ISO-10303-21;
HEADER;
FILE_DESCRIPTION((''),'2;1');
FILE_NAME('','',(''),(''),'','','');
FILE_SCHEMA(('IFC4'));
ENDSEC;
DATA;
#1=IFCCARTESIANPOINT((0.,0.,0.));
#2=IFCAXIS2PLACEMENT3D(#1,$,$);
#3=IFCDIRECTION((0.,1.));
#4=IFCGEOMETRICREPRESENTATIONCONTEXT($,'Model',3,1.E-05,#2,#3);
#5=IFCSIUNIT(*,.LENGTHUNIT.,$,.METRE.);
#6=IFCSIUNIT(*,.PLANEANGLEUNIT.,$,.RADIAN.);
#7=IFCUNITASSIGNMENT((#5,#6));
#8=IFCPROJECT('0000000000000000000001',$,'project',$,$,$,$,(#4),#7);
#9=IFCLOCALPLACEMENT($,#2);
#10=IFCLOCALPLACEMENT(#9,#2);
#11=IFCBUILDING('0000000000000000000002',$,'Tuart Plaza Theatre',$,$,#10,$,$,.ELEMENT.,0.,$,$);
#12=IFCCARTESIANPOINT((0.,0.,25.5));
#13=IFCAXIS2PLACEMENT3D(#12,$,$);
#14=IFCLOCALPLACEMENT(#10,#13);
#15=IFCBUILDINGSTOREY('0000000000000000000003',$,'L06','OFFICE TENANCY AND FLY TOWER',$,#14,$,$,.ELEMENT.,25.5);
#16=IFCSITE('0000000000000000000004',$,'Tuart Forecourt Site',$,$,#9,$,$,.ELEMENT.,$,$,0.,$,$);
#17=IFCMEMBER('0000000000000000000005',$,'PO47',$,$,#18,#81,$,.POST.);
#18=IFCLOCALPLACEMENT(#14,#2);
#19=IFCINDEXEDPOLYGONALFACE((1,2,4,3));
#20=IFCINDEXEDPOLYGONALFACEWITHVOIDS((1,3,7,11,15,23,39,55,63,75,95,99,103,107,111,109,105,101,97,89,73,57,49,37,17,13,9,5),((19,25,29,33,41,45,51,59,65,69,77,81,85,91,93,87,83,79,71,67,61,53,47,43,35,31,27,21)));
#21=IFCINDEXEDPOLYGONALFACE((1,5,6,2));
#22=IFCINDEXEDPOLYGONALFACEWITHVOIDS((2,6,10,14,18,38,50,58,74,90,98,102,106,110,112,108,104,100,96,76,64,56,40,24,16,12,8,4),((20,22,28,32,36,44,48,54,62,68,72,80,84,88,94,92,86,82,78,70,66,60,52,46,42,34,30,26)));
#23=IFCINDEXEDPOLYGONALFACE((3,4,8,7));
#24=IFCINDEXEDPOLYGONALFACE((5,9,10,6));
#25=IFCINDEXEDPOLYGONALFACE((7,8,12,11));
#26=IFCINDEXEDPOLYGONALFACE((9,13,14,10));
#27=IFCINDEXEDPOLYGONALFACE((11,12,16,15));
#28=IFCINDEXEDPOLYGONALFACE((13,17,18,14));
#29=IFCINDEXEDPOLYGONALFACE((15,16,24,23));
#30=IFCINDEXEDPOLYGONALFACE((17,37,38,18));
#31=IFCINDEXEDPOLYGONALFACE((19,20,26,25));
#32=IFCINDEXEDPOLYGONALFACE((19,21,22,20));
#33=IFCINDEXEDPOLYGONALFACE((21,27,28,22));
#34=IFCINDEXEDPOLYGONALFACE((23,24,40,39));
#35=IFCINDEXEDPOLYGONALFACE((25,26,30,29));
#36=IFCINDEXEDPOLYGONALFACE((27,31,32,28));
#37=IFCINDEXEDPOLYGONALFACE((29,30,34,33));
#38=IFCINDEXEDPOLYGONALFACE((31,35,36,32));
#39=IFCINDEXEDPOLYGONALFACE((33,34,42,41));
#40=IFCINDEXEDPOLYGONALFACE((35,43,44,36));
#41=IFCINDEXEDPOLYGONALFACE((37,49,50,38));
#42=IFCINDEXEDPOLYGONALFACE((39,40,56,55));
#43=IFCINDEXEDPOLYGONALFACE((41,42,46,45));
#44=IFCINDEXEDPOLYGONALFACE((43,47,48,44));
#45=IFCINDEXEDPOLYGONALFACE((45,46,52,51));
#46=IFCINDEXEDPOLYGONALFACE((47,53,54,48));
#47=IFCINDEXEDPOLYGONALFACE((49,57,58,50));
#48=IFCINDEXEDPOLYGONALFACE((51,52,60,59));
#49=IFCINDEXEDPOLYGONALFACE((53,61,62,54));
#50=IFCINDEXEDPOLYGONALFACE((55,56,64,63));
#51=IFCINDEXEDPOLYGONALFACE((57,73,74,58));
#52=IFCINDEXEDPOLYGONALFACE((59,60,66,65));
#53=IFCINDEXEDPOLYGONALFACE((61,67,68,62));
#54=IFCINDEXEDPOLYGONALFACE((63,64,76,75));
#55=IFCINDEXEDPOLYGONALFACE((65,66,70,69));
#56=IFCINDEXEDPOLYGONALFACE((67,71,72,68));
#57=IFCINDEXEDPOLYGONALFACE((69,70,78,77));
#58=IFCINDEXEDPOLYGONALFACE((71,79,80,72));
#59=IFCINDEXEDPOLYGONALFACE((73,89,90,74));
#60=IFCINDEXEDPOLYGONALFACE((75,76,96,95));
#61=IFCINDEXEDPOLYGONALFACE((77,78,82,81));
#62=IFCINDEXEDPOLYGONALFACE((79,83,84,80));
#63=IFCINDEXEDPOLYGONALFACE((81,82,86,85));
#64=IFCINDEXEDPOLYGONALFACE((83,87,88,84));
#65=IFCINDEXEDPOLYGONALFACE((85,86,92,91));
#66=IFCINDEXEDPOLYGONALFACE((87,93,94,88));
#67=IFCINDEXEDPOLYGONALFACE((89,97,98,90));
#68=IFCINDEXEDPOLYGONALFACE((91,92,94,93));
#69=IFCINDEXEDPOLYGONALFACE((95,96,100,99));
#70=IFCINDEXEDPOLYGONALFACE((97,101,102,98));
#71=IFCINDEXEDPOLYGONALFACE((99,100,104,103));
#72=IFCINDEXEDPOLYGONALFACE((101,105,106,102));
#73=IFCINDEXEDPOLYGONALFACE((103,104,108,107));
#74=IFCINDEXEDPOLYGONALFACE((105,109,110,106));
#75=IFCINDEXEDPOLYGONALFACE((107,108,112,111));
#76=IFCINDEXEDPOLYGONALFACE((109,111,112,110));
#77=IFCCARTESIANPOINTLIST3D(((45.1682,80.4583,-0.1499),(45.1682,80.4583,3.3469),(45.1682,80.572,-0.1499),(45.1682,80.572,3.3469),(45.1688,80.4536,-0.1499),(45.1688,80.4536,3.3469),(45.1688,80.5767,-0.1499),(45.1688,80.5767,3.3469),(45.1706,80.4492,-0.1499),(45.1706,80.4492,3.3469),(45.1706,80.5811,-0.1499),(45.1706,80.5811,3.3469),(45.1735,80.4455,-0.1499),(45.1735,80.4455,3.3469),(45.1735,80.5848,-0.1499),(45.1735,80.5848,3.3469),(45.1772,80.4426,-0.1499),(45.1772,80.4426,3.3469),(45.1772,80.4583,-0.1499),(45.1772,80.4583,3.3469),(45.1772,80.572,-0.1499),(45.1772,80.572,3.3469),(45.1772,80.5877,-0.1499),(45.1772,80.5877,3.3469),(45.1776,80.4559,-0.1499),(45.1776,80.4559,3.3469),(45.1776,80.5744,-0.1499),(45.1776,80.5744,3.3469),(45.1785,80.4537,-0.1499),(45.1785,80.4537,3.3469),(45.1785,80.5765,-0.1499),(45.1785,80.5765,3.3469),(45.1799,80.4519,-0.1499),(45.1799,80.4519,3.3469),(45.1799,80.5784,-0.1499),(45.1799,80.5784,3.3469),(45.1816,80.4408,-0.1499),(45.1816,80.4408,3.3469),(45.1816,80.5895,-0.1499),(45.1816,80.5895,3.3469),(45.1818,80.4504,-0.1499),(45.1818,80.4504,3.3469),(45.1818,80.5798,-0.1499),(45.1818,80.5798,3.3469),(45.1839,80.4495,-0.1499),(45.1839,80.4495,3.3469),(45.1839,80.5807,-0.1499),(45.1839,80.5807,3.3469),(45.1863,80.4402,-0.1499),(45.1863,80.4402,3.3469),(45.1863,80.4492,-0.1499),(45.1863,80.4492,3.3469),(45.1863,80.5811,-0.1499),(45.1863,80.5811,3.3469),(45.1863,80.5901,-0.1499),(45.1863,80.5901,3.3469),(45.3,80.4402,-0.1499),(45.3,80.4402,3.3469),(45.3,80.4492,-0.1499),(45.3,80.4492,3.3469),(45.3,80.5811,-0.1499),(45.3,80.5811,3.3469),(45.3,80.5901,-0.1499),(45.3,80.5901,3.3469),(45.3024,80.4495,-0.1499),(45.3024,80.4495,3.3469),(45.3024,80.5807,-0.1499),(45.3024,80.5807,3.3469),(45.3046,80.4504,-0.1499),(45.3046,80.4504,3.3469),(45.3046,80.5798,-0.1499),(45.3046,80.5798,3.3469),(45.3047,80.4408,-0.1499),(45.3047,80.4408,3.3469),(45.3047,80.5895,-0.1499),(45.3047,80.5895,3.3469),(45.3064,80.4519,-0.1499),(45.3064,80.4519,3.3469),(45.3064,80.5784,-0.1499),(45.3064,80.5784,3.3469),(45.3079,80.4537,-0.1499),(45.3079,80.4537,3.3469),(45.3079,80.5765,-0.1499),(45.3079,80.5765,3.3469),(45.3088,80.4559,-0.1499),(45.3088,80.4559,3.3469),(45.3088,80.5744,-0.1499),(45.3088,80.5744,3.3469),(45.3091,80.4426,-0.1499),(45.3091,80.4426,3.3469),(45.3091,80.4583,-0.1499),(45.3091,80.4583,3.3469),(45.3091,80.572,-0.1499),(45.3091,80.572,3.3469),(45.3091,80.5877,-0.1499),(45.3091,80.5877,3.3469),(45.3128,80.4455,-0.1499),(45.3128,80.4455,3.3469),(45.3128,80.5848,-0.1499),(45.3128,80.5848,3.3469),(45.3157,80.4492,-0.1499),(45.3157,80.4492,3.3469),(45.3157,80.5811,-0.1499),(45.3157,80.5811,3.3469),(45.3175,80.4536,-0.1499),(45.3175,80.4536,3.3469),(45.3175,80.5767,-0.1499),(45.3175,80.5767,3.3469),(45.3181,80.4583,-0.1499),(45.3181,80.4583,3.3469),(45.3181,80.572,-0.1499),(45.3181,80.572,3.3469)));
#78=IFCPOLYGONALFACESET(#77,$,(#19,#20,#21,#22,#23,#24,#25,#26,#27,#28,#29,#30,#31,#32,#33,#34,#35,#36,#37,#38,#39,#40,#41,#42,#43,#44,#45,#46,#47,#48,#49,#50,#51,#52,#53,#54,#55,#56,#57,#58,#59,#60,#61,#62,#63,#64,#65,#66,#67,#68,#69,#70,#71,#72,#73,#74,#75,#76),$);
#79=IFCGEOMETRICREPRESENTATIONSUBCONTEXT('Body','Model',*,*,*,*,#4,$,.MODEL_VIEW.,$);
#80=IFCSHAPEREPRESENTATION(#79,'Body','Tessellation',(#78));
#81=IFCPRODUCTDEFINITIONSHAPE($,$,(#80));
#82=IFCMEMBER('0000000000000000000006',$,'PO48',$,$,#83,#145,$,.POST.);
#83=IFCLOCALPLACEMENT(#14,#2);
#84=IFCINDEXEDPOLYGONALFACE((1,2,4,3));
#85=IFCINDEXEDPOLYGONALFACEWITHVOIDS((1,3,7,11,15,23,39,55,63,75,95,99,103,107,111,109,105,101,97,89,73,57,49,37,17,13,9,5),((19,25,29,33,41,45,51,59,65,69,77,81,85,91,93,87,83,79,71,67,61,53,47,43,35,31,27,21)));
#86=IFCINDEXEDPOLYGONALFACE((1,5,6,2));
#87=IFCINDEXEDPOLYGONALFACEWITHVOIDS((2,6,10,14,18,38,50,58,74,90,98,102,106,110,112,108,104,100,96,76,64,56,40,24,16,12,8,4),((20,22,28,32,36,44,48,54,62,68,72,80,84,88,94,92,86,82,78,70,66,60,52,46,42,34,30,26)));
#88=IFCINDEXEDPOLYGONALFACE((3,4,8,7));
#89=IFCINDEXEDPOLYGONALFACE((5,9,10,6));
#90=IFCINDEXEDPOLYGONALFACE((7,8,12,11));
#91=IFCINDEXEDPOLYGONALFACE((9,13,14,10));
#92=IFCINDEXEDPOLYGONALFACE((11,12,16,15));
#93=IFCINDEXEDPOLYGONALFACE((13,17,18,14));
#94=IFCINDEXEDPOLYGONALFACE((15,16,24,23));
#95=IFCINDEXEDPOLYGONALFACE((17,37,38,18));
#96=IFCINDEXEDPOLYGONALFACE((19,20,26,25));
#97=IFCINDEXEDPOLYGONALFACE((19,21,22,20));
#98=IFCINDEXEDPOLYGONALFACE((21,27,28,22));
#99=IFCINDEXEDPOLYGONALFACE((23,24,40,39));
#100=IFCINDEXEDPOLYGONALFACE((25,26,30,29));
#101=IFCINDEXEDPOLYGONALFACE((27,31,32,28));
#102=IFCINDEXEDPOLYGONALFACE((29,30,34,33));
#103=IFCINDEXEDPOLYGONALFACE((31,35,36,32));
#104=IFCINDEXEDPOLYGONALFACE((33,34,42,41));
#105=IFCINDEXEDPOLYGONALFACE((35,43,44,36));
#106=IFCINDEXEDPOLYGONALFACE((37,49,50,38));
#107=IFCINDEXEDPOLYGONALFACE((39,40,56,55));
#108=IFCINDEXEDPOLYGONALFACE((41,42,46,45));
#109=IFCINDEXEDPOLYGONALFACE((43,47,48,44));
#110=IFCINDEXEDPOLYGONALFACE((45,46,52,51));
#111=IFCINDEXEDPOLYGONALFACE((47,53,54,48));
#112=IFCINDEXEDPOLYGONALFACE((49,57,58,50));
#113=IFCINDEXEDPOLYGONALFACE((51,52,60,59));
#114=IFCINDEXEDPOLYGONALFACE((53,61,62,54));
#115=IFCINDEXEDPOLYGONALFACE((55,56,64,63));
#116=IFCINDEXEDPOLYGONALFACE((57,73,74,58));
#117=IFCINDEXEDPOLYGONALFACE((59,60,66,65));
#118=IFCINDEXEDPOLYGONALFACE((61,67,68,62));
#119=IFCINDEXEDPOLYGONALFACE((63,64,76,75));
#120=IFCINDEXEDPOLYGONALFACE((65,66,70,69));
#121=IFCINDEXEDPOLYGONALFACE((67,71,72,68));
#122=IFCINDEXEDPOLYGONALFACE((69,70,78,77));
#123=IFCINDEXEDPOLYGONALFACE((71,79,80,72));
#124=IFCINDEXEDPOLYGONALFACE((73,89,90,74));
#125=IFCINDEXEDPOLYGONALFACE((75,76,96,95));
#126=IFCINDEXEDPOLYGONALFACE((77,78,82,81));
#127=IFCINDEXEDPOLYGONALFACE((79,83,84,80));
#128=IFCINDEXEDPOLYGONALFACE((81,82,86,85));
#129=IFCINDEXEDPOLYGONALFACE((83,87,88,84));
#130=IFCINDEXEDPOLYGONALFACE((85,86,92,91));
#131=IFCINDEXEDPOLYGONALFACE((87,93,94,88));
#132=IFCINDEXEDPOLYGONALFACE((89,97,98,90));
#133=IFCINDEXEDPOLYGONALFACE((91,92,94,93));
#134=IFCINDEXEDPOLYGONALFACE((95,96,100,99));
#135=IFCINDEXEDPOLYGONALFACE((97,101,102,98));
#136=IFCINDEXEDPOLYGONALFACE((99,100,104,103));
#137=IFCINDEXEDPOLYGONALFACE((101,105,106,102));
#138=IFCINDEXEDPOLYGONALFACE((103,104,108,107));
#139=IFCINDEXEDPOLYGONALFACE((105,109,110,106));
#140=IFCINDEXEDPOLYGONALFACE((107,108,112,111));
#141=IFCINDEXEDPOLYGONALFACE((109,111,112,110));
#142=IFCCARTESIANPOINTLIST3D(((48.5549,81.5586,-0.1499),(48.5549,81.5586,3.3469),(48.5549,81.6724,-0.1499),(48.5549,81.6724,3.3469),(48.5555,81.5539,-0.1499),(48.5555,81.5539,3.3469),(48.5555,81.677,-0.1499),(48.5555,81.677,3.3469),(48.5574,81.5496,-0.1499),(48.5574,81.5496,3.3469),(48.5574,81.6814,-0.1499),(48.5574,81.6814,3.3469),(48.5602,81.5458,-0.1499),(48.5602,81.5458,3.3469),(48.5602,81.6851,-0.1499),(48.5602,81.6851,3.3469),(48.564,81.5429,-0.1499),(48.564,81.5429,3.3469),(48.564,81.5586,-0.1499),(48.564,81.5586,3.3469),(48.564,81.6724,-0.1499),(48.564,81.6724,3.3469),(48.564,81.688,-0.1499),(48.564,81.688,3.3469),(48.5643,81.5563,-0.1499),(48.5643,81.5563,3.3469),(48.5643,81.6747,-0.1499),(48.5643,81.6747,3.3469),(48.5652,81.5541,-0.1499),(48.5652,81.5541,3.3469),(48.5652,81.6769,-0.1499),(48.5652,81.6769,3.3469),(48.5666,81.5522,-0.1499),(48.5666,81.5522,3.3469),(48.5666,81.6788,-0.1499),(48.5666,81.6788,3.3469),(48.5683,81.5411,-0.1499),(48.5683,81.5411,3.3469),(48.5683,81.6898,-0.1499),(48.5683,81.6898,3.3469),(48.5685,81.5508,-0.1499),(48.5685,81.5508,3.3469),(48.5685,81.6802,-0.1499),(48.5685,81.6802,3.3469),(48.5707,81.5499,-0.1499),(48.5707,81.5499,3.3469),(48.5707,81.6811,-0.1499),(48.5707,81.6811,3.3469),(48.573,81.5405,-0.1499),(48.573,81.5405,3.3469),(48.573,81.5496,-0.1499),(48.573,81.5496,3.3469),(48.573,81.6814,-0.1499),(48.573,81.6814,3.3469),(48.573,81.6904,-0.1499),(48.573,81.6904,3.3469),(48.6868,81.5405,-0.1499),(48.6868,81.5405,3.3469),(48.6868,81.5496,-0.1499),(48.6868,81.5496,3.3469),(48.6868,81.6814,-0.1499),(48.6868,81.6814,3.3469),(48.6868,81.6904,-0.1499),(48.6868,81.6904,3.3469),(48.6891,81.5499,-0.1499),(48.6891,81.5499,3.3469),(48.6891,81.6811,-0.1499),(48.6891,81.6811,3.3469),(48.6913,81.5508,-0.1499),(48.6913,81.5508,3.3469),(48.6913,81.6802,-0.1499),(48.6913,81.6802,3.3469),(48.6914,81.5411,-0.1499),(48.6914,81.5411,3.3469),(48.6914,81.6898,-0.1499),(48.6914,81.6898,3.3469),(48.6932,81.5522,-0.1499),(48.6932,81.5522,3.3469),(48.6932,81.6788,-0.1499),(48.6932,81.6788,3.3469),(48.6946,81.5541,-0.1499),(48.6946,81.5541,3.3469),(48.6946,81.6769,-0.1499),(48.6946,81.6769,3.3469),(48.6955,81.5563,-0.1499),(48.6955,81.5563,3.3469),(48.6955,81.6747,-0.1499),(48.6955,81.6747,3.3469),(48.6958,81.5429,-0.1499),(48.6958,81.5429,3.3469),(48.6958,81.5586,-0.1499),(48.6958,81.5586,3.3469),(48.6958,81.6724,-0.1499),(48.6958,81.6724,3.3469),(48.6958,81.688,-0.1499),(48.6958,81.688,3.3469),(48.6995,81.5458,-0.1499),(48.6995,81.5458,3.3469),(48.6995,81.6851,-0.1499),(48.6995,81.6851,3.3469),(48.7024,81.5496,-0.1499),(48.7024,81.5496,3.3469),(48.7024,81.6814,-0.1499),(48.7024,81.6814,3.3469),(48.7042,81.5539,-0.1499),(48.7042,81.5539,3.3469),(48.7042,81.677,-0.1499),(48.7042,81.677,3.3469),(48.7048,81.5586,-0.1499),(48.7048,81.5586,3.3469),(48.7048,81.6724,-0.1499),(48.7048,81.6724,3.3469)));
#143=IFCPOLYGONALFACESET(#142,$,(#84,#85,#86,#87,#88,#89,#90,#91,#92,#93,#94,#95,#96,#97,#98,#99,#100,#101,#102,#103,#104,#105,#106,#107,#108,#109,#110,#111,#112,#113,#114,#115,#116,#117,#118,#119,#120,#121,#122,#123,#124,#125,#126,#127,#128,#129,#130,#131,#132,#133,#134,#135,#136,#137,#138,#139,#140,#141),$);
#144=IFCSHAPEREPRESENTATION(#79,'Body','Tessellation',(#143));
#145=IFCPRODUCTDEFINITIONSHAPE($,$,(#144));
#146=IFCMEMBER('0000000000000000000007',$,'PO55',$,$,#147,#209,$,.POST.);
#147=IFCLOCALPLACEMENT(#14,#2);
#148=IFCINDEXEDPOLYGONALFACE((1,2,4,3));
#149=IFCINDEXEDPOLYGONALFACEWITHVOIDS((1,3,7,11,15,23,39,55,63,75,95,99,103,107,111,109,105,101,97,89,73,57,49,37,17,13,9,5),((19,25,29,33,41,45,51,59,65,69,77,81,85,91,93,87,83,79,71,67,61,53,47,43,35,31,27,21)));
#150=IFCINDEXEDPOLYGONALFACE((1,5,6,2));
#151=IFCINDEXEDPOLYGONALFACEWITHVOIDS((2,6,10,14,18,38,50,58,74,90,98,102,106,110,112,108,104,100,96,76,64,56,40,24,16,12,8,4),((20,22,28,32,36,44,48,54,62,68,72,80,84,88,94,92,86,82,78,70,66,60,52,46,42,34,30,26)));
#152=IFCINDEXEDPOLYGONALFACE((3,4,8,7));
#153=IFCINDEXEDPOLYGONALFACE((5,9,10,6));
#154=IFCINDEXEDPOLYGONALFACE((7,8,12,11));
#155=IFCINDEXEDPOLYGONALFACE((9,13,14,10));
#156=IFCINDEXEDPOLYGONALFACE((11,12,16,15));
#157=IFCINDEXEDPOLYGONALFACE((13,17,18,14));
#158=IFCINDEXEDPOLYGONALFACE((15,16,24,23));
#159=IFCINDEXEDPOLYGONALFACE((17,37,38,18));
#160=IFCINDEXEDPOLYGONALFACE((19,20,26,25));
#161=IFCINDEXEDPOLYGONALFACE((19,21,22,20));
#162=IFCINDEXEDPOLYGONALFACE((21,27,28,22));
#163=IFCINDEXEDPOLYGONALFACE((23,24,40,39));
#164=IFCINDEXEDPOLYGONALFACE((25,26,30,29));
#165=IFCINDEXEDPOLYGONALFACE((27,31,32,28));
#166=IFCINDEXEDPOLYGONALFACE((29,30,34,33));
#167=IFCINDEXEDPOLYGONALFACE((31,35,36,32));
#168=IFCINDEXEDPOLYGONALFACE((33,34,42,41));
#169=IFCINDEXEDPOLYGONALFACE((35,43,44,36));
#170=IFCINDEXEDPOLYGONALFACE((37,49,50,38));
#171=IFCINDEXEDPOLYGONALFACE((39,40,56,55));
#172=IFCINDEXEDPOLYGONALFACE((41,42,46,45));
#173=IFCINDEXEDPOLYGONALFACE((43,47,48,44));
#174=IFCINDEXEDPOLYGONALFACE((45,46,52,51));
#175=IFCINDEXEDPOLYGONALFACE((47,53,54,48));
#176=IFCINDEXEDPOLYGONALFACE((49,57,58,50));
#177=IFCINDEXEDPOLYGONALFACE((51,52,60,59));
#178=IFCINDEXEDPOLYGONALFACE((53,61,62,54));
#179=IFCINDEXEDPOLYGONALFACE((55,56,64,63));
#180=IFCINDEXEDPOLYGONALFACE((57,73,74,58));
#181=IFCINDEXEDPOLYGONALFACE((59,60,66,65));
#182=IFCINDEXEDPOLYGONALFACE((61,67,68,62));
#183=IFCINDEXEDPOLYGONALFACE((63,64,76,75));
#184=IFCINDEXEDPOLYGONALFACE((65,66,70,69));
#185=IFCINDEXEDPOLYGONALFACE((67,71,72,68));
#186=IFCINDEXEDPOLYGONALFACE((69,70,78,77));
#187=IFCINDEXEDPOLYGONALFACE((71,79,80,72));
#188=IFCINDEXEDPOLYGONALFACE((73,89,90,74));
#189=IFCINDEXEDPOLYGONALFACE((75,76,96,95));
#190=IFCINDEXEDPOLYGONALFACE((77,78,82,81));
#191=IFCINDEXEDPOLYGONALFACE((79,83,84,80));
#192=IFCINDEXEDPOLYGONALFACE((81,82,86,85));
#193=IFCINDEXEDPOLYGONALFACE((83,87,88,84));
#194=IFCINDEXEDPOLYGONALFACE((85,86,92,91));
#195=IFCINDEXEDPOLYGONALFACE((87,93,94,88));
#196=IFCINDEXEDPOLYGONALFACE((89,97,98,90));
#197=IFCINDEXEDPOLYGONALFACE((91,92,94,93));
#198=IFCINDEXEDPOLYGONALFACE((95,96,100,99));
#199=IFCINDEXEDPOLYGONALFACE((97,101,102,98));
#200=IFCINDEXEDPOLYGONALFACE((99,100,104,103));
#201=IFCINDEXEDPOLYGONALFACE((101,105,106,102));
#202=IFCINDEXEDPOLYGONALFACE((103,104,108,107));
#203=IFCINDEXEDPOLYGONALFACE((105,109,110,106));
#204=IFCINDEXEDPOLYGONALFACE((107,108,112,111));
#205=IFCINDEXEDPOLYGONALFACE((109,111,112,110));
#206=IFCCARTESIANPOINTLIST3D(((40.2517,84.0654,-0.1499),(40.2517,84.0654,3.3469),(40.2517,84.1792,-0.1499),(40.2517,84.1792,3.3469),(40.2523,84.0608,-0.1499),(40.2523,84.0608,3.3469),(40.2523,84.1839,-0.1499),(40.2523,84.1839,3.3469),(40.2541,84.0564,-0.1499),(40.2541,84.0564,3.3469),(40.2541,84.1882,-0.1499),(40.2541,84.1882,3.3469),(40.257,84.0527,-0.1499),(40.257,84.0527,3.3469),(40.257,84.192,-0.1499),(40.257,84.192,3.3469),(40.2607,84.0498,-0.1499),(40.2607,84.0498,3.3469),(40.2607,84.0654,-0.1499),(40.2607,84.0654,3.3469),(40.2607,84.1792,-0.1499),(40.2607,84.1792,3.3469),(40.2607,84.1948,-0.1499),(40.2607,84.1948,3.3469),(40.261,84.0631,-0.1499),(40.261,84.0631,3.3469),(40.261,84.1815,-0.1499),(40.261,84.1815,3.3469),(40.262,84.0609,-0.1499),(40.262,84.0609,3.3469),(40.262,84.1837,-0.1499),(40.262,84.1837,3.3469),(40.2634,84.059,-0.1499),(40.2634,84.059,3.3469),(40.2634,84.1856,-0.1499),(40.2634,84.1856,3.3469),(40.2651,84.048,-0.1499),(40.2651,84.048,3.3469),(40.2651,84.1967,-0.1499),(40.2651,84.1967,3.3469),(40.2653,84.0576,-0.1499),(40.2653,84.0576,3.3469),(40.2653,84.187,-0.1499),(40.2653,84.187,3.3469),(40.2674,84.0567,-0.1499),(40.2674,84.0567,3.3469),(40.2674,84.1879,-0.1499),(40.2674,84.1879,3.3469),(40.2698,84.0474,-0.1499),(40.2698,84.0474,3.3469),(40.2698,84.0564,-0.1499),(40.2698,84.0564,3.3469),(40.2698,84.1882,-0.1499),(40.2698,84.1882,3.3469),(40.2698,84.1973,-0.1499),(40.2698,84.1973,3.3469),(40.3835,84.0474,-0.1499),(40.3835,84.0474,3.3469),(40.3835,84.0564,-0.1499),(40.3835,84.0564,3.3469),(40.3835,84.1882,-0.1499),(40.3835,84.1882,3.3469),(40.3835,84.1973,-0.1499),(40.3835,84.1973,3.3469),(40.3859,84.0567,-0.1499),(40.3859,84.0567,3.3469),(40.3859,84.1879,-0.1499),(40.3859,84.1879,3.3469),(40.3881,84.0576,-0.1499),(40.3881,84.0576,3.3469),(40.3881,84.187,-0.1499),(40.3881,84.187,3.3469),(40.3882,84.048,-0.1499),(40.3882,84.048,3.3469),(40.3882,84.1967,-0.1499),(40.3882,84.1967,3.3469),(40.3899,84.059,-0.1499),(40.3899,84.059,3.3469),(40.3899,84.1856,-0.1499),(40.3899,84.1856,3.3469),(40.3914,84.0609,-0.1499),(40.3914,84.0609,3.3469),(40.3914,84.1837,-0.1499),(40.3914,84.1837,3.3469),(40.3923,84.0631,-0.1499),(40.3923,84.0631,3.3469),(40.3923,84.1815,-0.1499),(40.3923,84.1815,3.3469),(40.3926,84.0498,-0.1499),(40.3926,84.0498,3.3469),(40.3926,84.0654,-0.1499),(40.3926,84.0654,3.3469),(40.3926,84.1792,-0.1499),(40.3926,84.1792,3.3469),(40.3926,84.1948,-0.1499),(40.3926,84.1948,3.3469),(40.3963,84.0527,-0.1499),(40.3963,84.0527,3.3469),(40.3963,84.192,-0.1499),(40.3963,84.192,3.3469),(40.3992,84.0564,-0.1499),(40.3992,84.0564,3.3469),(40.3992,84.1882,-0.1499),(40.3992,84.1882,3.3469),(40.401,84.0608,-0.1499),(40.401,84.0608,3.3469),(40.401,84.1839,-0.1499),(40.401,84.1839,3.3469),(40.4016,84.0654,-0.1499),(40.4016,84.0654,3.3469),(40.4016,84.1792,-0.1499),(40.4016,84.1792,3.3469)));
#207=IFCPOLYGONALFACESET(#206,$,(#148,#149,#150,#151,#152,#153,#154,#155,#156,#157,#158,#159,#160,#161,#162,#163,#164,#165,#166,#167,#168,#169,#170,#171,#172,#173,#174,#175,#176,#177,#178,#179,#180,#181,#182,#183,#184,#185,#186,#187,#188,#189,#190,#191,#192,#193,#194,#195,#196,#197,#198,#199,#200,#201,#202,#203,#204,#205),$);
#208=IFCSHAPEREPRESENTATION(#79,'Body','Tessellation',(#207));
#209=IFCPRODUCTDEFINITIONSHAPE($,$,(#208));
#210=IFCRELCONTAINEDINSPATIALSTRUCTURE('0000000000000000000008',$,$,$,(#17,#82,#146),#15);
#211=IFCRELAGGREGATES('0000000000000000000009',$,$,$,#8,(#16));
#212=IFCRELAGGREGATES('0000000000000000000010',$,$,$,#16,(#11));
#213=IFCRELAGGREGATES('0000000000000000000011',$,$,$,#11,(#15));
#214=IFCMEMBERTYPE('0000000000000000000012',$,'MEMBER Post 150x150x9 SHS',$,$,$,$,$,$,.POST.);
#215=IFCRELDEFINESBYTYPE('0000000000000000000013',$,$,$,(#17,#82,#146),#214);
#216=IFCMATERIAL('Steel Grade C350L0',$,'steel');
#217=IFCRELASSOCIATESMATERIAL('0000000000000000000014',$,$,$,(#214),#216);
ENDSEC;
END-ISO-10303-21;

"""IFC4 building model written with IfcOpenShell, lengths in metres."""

from ifc_helpers import new_model, si_unit, direction, frame, origin, origin_2d, place, context, subcontext, project, spatial, hollow_rectangle, extrude, material, material_profile, profile_set, type_object, element, save


model = new_model("IFC4")

# Units and contexts
model_context = context("Model", 3, precision=1e-05, world=origin(), true_north=direction((0.0, 1.0)))
body_context = subcontext(model_context, "Body", "Model", "MODEL_VIEW")
ifc_project = project(units=[si_unit("LENGTHUNIT", "METRE"), si_unit("PLANEANGLEUNIT", "RADIAN")], contexts=[model_context])

# Site, building, storey
site_placement = place(None, origin())
site = spatial("IfcSite", under=ifc_project, at=site_placement, Name="Tuart Forecourt Site", CompositionType="ELEMENT", RefElevation=0.0)
building_placement = place(site_placement, origin())
building = spatial("IfcBuilding", under=site, at=building_placement, Name="Tuart Plaza Theatre", CompositionType="ELEMENT", ElevationOfRefHeight=0.0)
storey_placement = place(building_placement, frame((0.0, 0.0, 25.5)))
storey = spatial("IfcBuildingStorey", under=building, at=storey_placement, Name="L06", Description="OFFICE TENANCY AND FLY TOWER", CompositionType="ELEMENT", Elevation=25.5)

# Members
ifc_material_1 = material(Name="Steel Grade C350L0", Category="steel")
ifc_material_profile_1 = material_profile(ifc_material_1, hollow_rectangle(XDim=0.1499, YDim=0.1499, WallThickness=0.009, InnerFilletRadius=0.009, OuterFilletRadius=0.0181, at=origin_2d()), Name="150x150x9 SHS")
ifc_profile_set_1 = profile_set([ifc_material_profile_1], Name="Steel Grade C350L0")
member_type_1 = type_object("IfcMemberType", Name="MEMBER Post 150x150x9 SHS", PredefinedType="POST", material=ifc_profile_set_1)
for number, where, z_axis, x_axis, name in (
    (1, (45.2432, 80.5151, -0.1499), (0.0, 0.0, 1.0), (1.0, 0.0, 0.0), "PO47"),
    (2, (48.6299, 81.6155, -0.1499), (0.0, 0.0, 1.0), (1.0, 0.0, 0.0), "PO48"),
    (3, (40.3267, 84.1223, -0.1499), (0.0, 0.0, 1.0), (1.0, 0.0, 0.0), "PO55"),
):
    element("IfcMember", number, at=place(storey_placement, frame(where, z_axis=z_axis, x_axis=x_axis)), inside=storey, type_object=member_type_1, Name=name, PredefinedType="POST", context=body_context, shape_type="SweptSolid", body=[
        extrude(hollow_rectangle(XDim=0.1499, YDim=0.1499, WallThickness=0.009, InnerFilletRadius=0.009, OuterFilletRadius=0.0181, at=origin_2d()), origin(), (0.0, 0.0, 1.0), 3.4968),
    ])

save(model, "model.ifc")
